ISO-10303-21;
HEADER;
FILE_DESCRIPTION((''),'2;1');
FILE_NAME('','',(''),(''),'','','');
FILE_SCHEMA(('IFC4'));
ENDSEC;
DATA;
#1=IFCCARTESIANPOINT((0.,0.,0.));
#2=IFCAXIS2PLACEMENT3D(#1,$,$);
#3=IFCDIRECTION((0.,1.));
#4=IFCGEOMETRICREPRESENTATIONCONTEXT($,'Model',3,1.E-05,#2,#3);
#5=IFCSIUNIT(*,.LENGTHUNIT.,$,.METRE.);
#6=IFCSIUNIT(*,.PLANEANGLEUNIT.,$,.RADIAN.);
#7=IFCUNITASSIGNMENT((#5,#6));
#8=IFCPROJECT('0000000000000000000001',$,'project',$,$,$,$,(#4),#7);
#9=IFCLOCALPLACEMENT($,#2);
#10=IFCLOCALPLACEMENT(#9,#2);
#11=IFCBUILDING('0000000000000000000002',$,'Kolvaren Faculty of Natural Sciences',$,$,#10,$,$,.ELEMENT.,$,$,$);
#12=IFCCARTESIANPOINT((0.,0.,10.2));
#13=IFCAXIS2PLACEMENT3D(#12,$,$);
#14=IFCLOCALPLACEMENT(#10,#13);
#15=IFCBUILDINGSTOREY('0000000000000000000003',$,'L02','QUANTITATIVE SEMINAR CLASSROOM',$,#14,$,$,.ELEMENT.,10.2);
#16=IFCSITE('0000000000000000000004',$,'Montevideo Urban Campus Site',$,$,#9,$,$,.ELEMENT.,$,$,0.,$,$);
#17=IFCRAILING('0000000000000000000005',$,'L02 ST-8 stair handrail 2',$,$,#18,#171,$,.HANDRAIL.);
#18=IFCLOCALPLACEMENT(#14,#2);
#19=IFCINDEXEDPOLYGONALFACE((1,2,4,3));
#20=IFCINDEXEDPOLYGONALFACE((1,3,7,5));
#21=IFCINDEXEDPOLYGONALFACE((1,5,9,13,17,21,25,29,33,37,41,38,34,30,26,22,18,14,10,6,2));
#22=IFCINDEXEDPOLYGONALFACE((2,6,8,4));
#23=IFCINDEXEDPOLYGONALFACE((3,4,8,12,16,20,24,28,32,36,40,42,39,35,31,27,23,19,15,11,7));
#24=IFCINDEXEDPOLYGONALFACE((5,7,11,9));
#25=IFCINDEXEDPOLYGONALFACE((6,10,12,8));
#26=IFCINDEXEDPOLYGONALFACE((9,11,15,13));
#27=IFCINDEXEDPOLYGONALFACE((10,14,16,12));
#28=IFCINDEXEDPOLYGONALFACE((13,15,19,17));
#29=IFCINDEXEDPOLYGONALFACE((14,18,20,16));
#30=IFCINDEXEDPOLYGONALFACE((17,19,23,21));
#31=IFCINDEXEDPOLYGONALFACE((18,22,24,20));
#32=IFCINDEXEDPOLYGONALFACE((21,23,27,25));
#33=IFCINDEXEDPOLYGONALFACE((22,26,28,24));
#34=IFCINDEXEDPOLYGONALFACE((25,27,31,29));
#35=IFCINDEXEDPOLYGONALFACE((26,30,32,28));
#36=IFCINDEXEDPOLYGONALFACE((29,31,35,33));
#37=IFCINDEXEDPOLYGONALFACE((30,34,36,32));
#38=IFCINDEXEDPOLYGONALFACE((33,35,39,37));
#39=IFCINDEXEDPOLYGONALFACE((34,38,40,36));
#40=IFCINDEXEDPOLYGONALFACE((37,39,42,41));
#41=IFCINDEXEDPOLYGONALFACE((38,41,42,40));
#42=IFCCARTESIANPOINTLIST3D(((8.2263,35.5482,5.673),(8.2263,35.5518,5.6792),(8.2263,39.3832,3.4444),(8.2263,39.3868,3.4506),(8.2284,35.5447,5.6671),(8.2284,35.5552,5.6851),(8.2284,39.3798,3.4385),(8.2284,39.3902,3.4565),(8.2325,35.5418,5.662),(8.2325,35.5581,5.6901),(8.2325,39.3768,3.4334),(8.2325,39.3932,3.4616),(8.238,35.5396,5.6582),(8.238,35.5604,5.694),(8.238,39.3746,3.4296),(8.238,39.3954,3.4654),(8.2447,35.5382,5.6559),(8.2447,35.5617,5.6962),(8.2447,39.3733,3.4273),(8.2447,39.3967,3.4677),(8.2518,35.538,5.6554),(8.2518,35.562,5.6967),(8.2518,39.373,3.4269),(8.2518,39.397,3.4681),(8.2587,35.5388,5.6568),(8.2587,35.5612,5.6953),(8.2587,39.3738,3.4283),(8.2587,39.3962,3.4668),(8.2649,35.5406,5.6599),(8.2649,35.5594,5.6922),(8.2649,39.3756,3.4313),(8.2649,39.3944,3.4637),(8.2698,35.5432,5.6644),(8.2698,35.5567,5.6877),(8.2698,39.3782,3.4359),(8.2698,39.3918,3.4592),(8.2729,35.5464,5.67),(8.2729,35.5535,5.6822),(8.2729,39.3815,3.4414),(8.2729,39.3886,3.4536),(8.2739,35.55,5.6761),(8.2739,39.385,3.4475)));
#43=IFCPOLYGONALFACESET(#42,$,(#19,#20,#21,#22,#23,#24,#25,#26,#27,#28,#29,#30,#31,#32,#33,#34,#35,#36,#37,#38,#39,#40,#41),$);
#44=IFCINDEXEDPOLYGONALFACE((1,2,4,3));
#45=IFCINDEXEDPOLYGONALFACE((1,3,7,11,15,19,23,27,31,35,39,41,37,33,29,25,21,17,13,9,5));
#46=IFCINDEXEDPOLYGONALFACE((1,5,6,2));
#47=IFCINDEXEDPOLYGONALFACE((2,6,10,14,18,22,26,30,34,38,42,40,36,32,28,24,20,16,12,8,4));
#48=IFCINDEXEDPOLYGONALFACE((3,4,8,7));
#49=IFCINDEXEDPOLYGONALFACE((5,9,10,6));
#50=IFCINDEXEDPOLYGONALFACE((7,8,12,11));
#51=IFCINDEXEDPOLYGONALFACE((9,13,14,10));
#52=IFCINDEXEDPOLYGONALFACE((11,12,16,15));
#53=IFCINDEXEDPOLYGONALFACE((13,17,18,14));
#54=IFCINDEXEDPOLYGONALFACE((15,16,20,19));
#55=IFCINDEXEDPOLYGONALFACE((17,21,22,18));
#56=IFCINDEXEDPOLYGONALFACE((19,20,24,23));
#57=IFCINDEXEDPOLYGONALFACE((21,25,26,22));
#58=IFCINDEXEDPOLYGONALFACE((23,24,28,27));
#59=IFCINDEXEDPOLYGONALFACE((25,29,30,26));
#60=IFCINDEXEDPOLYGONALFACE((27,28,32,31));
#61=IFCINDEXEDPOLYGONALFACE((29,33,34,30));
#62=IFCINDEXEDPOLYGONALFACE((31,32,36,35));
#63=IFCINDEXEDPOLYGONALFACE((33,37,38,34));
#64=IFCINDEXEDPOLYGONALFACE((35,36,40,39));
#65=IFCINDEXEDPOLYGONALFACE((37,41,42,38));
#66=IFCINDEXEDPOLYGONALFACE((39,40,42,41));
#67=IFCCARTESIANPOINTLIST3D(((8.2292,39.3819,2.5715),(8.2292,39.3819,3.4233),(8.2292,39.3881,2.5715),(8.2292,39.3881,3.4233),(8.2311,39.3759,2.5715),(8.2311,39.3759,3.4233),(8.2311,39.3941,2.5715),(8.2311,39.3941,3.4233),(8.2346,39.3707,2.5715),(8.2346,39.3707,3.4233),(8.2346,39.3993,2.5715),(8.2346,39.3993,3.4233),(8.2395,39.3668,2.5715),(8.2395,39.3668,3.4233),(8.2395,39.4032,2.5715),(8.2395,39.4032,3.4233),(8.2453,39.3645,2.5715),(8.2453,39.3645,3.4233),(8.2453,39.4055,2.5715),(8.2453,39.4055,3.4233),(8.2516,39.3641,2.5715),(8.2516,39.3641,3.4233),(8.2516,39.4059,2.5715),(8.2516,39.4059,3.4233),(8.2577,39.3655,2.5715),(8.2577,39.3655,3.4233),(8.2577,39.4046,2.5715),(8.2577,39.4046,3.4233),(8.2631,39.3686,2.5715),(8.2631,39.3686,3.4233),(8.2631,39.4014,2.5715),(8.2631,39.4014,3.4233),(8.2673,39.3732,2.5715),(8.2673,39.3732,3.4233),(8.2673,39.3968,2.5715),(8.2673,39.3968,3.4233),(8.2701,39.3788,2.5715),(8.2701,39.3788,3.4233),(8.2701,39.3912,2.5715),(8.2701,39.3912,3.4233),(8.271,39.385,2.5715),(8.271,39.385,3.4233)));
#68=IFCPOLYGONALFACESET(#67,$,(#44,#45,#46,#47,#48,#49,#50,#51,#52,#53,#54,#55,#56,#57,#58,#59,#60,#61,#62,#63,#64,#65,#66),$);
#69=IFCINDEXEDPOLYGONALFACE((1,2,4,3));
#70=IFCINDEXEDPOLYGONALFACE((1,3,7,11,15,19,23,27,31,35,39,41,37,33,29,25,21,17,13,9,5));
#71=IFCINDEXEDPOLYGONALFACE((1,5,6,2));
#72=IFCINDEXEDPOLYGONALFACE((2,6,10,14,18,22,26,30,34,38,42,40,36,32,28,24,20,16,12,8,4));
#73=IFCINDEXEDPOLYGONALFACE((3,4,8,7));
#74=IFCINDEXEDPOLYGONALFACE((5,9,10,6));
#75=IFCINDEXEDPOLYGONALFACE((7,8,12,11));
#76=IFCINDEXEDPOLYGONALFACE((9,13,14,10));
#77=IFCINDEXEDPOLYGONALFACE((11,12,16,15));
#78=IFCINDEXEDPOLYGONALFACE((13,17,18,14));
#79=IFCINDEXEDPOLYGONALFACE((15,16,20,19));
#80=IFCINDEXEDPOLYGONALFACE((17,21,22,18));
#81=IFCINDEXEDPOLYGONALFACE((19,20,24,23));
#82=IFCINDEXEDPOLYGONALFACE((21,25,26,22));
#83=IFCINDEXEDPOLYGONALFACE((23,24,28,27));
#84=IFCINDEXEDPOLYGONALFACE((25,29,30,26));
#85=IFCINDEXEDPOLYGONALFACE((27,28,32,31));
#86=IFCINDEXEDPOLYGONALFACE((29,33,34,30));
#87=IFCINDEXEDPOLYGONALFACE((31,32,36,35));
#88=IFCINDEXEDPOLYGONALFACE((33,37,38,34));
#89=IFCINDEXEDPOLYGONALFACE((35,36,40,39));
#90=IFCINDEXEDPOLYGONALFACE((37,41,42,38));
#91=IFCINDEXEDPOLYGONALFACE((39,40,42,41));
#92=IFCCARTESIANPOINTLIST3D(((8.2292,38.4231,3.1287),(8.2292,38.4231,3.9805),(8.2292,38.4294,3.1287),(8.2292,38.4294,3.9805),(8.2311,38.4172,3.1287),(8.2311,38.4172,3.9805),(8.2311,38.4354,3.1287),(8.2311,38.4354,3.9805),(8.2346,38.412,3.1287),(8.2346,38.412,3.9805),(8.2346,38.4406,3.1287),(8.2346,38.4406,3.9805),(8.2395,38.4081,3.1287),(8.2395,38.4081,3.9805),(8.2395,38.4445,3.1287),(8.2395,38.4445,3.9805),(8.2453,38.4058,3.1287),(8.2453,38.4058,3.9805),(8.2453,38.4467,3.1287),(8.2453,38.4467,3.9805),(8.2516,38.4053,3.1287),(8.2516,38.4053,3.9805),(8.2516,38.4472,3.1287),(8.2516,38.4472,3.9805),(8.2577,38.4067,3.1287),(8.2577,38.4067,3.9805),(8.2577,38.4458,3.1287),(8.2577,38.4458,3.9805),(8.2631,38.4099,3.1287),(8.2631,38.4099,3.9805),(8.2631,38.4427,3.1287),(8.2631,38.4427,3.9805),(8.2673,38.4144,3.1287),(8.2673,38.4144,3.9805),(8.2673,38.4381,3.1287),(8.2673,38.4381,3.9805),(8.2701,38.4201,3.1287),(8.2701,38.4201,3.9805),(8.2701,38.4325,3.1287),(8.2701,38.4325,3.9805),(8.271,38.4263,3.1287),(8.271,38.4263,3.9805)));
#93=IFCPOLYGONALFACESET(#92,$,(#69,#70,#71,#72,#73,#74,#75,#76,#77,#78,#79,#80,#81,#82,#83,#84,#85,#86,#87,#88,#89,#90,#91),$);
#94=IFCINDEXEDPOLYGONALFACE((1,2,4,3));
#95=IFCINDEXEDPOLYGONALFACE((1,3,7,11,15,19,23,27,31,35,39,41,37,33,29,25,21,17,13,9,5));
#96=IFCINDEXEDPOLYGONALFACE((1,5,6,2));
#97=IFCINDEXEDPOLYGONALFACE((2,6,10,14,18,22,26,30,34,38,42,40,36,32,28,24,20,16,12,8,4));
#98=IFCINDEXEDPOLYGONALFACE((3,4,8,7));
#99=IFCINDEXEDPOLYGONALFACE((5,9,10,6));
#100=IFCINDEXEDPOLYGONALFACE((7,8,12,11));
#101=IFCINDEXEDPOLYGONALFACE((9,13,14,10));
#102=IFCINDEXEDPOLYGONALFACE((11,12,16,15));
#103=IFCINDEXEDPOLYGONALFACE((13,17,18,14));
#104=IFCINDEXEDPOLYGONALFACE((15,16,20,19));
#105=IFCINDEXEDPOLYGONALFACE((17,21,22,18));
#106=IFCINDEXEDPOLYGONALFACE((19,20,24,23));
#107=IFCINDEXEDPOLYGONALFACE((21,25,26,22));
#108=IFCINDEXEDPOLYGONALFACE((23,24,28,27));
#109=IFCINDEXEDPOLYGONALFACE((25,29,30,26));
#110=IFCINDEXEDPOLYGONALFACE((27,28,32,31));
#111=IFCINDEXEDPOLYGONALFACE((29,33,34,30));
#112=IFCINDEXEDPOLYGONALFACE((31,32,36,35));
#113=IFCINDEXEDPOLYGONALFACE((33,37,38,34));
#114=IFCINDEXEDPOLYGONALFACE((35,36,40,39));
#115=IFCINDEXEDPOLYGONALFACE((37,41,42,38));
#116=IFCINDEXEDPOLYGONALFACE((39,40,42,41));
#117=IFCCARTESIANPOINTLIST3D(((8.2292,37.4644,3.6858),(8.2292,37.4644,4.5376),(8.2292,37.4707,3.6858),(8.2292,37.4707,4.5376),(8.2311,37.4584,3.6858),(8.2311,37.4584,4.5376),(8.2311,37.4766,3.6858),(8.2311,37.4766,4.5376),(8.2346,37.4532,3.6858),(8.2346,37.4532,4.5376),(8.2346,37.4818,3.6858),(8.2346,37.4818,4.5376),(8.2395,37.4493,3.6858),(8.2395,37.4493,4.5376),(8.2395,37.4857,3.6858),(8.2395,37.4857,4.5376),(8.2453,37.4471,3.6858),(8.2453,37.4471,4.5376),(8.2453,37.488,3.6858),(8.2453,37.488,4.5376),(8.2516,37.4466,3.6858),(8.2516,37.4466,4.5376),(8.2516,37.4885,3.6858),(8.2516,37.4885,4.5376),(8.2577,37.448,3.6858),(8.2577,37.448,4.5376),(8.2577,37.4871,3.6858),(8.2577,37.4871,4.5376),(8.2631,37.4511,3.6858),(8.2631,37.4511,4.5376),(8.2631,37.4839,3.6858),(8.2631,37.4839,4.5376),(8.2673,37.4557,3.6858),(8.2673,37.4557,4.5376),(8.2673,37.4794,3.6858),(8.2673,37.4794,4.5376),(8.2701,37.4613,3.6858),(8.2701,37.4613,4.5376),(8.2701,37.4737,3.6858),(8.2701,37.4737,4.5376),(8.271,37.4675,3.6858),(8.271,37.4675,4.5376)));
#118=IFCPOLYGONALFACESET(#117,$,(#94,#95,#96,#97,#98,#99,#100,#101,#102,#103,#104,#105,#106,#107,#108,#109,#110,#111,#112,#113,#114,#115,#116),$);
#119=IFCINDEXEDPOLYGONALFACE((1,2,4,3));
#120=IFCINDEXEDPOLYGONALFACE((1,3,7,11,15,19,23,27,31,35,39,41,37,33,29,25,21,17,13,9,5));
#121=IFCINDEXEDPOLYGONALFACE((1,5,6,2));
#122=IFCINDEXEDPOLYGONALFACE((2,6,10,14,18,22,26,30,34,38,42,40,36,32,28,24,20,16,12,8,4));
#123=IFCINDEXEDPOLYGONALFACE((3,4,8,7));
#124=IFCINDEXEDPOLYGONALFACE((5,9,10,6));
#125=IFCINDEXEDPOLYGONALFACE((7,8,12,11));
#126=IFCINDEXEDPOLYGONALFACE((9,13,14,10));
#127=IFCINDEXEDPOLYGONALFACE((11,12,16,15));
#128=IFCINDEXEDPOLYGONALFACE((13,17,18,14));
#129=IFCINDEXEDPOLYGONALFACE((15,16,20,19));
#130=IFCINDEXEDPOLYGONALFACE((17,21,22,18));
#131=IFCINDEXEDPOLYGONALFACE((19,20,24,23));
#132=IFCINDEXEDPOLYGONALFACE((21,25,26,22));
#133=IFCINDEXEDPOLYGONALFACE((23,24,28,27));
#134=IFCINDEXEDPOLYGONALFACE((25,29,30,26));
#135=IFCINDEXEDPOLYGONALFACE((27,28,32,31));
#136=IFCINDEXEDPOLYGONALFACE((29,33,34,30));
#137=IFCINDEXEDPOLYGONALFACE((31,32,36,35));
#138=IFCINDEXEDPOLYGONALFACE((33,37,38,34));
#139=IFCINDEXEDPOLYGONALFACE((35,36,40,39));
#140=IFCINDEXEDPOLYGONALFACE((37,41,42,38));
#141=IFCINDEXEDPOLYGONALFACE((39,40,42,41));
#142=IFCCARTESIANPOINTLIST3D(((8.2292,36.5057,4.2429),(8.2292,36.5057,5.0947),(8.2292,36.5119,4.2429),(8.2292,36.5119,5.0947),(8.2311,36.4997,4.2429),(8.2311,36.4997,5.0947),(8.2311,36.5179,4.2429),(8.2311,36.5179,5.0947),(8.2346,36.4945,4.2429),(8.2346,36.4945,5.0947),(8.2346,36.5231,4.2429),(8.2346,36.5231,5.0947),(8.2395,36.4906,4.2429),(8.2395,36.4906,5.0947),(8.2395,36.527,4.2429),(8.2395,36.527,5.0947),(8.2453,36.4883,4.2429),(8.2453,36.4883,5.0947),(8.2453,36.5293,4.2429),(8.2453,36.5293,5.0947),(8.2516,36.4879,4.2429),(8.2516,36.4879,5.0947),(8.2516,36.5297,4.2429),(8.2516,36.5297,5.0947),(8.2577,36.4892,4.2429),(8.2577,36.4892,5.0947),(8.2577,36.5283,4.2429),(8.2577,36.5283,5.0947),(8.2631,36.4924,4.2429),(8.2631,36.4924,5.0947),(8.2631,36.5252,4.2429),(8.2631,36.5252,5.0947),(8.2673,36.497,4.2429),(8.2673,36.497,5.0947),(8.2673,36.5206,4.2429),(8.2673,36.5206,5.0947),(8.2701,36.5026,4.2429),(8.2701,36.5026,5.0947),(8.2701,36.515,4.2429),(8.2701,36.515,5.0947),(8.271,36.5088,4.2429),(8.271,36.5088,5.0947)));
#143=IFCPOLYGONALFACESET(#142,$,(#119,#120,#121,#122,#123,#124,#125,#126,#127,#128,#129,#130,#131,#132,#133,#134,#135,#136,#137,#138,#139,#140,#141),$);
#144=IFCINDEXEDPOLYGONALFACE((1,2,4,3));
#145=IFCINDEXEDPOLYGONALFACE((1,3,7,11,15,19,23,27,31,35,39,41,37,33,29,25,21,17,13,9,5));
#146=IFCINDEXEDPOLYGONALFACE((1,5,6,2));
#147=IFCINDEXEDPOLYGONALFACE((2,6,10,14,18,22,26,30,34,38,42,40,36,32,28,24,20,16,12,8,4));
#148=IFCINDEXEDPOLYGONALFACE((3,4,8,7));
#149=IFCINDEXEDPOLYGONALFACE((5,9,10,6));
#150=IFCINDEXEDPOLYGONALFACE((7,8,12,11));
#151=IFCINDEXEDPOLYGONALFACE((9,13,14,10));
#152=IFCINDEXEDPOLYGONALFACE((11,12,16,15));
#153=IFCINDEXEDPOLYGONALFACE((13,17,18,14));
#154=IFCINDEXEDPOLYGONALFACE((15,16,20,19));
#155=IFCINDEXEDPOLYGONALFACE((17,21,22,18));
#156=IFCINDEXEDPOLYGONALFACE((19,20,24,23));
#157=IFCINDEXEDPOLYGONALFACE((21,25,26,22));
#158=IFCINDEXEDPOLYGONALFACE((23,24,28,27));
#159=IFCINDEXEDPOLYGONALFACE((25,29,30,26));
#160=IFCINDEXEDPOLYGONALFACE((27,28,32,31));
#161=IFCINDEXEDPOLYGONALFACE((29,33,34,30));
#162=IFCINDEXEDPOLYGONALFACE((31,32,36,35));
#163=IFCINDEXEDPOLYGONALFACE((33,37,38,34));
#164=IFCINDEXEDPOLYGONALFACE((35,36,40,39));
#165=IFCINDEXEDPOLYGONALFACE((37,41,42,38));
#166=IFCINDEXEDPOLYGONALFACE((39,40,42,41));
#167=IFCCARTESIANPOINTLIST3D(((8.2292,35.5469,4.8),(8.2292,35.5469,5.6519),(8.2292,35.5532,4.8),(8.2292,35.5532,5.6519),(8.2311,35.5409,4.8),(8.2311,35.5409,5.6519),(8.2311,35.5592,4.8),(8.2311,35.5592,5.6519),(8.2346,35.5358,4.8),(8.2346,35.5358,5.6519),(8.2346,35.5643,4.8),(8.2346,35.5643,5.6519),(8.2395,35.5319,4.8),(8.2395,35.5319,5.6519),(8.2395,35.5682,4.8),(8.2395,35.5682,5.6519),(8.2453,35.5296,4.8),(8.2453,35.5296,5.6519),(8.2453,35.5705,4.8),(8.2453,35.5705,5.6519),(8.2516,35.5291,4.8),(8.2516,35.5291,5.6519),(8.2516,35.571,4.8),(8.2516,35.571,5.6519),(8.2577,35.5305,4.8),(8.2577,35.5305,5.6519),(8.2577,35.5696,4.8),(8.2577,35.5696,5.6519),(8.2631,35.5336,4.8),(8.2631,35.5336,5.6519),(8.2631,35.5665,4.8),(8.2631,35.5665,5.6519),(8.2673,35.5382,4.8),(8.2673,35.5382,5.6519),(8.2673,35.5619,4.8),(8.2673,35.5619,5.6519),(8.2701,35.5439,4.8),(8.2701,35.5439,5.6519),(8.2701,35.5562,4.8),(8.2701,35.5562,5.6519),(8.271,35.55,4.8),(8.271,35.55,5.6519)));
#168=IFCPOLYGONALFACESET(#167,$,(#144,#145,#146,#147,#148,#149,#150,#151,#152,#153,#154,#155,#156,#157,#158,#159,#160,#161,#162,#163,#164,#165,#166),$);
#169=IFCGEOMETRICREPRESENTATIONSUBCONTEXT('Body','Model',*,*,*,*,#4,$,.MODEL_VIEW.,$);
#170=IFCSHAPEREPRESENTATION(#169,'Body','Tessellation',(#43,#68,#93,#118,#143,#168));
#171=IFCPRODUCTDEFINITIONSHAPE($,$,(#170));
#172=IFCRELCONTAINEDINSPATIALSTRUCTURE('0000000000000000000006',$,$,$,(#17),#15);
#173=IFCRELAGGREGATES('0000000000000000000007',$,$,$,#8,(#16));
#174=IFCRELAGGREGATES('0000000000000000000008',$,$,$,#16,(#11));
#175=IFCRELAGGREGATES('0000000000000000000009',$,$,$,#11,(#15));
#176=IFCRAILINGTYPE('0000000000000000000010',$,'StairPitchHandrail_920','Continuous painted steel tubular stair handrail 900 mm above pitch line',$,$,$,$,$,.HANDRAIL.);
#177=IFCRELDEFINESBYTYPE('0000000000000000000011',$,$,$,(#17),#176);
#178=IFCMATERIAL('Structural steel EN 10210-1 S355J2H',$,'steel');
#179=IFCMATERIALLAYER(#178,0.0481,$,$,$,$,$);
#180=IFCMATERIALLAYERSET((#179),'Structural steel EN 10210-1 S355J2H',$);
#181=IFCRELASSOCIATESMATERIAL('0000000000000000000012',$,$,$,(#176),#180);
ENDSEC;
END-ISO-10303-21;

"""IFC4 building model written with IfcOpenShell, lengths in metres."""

from ifc_helpers import new_model, si_unit, direction, frame, origin, origin_2d, place, context, subcontext, project, spatial, circle, extrude, material, layer, layer_set, type_object, element, save


model = new_model("IFC4")

# Units and contexts
model_context = context("Model", 3, precision=1e-05, world=origin(), true_north=direction((0.0, 1.0)))
body_context = subcontext(model_context, "Body", "Model", "MODEL_VIEW")
ifc_project = project(units=[si_unit("LENGTHUNIT", "METRE"), si_unit("PLANEANGLEUNIT", "RADIAN")], contexts=[model_context])

# Site, building, storey
site_placement = place(None, origin())
site = spatial("IfcSite", under=ifc_project, at=site_placement, Name="Montevideo Urban Campus Site", CompositionType="ELEMENT", RefElevation=0.0)
building_placement = place(site_placement, origin())
building = spatial("IfcBuilding", under=site, at=building_placement, Name="Kolvaren Faculty of Natural Sciences", CompositionType="ELEMENT")
storey_placement = place(building_placement, frame((0.0, 0.0, 10.2)))
storey = spatial("IfcBuildingStorey", under=building, at=storey_placement, Name="L02", Description="QUANTITATIVE SEMINAR CLASSROOM", CompositionType="ELEMENT", Elevation=10.2)

# Railing
ifc_material_1 = material(Name="Structural steel EN 10210-1 S355J2H", Category="steel")
ifc_layer_1 = layer(ifc_material_1, 0.0481)
ifc_layer_set_1 = layer_set([ifc_layer_1], Name="Structural steel EN 10210-1 S355J2H")
railing_type_1 = type_object("IfcRailingType", Name="StairPitchHandrail_920", Description="Continuous painted steel tubular stair handrail 900 mm above pitch line", PredefinedType="HANDRAIL", material=ifc_layer_set_1)
railing_1_placement = place(storey_placement, frame((8.25, 39.385, 2.5715)))
element("IfcRailing", 1, at=railing_1_placement, inside=storey, type_object=railing_type_1, Name="L02 ST-8 stair handrail 2", PredefinedType="HANDRAIL", context=body_context, shape_type="SweptSolid", body=[
    extrude(circle(Radius=0.0239, at=origin_2d()), frame((0.0, 0.0, 0.876), z_axis=(0.0, -0.864616, 0.502433), x_axis=(1.0, 0.0, 0.0)), (0.0, 0.0, 1.0), 4.4355),
    extrude(circle(Radius=0.021, at=origin_2d()), origin(), (0.0, 0.0, 1.0), 0.8518),
    extrude(circle(Radius=0.021, at=origin_2d()), frame((0.0, -0.9587, 0.5571)), (0.0, 0.0, 1.0), 0.8518),
    extrude(circle(Radius=0.021, at=origin_2d()), frame((0.0, -1.9175, 1.1143)), (0.0, 0.0, 1.0), 0.8518),
    extrude(circle(Radius=0.021, at=origin_2d()), frame((0.0, -2.8762, 1.6714)), (0.0, 0.0, 1.0), 0.8518),
    extrude(circle(Radius=0.021, at=origin_2d()), frame((0.0, -3.835, 2.2285)), (0.0, 0.0, 1.0), 0.8518),
])

save(model, "model.ifc")
